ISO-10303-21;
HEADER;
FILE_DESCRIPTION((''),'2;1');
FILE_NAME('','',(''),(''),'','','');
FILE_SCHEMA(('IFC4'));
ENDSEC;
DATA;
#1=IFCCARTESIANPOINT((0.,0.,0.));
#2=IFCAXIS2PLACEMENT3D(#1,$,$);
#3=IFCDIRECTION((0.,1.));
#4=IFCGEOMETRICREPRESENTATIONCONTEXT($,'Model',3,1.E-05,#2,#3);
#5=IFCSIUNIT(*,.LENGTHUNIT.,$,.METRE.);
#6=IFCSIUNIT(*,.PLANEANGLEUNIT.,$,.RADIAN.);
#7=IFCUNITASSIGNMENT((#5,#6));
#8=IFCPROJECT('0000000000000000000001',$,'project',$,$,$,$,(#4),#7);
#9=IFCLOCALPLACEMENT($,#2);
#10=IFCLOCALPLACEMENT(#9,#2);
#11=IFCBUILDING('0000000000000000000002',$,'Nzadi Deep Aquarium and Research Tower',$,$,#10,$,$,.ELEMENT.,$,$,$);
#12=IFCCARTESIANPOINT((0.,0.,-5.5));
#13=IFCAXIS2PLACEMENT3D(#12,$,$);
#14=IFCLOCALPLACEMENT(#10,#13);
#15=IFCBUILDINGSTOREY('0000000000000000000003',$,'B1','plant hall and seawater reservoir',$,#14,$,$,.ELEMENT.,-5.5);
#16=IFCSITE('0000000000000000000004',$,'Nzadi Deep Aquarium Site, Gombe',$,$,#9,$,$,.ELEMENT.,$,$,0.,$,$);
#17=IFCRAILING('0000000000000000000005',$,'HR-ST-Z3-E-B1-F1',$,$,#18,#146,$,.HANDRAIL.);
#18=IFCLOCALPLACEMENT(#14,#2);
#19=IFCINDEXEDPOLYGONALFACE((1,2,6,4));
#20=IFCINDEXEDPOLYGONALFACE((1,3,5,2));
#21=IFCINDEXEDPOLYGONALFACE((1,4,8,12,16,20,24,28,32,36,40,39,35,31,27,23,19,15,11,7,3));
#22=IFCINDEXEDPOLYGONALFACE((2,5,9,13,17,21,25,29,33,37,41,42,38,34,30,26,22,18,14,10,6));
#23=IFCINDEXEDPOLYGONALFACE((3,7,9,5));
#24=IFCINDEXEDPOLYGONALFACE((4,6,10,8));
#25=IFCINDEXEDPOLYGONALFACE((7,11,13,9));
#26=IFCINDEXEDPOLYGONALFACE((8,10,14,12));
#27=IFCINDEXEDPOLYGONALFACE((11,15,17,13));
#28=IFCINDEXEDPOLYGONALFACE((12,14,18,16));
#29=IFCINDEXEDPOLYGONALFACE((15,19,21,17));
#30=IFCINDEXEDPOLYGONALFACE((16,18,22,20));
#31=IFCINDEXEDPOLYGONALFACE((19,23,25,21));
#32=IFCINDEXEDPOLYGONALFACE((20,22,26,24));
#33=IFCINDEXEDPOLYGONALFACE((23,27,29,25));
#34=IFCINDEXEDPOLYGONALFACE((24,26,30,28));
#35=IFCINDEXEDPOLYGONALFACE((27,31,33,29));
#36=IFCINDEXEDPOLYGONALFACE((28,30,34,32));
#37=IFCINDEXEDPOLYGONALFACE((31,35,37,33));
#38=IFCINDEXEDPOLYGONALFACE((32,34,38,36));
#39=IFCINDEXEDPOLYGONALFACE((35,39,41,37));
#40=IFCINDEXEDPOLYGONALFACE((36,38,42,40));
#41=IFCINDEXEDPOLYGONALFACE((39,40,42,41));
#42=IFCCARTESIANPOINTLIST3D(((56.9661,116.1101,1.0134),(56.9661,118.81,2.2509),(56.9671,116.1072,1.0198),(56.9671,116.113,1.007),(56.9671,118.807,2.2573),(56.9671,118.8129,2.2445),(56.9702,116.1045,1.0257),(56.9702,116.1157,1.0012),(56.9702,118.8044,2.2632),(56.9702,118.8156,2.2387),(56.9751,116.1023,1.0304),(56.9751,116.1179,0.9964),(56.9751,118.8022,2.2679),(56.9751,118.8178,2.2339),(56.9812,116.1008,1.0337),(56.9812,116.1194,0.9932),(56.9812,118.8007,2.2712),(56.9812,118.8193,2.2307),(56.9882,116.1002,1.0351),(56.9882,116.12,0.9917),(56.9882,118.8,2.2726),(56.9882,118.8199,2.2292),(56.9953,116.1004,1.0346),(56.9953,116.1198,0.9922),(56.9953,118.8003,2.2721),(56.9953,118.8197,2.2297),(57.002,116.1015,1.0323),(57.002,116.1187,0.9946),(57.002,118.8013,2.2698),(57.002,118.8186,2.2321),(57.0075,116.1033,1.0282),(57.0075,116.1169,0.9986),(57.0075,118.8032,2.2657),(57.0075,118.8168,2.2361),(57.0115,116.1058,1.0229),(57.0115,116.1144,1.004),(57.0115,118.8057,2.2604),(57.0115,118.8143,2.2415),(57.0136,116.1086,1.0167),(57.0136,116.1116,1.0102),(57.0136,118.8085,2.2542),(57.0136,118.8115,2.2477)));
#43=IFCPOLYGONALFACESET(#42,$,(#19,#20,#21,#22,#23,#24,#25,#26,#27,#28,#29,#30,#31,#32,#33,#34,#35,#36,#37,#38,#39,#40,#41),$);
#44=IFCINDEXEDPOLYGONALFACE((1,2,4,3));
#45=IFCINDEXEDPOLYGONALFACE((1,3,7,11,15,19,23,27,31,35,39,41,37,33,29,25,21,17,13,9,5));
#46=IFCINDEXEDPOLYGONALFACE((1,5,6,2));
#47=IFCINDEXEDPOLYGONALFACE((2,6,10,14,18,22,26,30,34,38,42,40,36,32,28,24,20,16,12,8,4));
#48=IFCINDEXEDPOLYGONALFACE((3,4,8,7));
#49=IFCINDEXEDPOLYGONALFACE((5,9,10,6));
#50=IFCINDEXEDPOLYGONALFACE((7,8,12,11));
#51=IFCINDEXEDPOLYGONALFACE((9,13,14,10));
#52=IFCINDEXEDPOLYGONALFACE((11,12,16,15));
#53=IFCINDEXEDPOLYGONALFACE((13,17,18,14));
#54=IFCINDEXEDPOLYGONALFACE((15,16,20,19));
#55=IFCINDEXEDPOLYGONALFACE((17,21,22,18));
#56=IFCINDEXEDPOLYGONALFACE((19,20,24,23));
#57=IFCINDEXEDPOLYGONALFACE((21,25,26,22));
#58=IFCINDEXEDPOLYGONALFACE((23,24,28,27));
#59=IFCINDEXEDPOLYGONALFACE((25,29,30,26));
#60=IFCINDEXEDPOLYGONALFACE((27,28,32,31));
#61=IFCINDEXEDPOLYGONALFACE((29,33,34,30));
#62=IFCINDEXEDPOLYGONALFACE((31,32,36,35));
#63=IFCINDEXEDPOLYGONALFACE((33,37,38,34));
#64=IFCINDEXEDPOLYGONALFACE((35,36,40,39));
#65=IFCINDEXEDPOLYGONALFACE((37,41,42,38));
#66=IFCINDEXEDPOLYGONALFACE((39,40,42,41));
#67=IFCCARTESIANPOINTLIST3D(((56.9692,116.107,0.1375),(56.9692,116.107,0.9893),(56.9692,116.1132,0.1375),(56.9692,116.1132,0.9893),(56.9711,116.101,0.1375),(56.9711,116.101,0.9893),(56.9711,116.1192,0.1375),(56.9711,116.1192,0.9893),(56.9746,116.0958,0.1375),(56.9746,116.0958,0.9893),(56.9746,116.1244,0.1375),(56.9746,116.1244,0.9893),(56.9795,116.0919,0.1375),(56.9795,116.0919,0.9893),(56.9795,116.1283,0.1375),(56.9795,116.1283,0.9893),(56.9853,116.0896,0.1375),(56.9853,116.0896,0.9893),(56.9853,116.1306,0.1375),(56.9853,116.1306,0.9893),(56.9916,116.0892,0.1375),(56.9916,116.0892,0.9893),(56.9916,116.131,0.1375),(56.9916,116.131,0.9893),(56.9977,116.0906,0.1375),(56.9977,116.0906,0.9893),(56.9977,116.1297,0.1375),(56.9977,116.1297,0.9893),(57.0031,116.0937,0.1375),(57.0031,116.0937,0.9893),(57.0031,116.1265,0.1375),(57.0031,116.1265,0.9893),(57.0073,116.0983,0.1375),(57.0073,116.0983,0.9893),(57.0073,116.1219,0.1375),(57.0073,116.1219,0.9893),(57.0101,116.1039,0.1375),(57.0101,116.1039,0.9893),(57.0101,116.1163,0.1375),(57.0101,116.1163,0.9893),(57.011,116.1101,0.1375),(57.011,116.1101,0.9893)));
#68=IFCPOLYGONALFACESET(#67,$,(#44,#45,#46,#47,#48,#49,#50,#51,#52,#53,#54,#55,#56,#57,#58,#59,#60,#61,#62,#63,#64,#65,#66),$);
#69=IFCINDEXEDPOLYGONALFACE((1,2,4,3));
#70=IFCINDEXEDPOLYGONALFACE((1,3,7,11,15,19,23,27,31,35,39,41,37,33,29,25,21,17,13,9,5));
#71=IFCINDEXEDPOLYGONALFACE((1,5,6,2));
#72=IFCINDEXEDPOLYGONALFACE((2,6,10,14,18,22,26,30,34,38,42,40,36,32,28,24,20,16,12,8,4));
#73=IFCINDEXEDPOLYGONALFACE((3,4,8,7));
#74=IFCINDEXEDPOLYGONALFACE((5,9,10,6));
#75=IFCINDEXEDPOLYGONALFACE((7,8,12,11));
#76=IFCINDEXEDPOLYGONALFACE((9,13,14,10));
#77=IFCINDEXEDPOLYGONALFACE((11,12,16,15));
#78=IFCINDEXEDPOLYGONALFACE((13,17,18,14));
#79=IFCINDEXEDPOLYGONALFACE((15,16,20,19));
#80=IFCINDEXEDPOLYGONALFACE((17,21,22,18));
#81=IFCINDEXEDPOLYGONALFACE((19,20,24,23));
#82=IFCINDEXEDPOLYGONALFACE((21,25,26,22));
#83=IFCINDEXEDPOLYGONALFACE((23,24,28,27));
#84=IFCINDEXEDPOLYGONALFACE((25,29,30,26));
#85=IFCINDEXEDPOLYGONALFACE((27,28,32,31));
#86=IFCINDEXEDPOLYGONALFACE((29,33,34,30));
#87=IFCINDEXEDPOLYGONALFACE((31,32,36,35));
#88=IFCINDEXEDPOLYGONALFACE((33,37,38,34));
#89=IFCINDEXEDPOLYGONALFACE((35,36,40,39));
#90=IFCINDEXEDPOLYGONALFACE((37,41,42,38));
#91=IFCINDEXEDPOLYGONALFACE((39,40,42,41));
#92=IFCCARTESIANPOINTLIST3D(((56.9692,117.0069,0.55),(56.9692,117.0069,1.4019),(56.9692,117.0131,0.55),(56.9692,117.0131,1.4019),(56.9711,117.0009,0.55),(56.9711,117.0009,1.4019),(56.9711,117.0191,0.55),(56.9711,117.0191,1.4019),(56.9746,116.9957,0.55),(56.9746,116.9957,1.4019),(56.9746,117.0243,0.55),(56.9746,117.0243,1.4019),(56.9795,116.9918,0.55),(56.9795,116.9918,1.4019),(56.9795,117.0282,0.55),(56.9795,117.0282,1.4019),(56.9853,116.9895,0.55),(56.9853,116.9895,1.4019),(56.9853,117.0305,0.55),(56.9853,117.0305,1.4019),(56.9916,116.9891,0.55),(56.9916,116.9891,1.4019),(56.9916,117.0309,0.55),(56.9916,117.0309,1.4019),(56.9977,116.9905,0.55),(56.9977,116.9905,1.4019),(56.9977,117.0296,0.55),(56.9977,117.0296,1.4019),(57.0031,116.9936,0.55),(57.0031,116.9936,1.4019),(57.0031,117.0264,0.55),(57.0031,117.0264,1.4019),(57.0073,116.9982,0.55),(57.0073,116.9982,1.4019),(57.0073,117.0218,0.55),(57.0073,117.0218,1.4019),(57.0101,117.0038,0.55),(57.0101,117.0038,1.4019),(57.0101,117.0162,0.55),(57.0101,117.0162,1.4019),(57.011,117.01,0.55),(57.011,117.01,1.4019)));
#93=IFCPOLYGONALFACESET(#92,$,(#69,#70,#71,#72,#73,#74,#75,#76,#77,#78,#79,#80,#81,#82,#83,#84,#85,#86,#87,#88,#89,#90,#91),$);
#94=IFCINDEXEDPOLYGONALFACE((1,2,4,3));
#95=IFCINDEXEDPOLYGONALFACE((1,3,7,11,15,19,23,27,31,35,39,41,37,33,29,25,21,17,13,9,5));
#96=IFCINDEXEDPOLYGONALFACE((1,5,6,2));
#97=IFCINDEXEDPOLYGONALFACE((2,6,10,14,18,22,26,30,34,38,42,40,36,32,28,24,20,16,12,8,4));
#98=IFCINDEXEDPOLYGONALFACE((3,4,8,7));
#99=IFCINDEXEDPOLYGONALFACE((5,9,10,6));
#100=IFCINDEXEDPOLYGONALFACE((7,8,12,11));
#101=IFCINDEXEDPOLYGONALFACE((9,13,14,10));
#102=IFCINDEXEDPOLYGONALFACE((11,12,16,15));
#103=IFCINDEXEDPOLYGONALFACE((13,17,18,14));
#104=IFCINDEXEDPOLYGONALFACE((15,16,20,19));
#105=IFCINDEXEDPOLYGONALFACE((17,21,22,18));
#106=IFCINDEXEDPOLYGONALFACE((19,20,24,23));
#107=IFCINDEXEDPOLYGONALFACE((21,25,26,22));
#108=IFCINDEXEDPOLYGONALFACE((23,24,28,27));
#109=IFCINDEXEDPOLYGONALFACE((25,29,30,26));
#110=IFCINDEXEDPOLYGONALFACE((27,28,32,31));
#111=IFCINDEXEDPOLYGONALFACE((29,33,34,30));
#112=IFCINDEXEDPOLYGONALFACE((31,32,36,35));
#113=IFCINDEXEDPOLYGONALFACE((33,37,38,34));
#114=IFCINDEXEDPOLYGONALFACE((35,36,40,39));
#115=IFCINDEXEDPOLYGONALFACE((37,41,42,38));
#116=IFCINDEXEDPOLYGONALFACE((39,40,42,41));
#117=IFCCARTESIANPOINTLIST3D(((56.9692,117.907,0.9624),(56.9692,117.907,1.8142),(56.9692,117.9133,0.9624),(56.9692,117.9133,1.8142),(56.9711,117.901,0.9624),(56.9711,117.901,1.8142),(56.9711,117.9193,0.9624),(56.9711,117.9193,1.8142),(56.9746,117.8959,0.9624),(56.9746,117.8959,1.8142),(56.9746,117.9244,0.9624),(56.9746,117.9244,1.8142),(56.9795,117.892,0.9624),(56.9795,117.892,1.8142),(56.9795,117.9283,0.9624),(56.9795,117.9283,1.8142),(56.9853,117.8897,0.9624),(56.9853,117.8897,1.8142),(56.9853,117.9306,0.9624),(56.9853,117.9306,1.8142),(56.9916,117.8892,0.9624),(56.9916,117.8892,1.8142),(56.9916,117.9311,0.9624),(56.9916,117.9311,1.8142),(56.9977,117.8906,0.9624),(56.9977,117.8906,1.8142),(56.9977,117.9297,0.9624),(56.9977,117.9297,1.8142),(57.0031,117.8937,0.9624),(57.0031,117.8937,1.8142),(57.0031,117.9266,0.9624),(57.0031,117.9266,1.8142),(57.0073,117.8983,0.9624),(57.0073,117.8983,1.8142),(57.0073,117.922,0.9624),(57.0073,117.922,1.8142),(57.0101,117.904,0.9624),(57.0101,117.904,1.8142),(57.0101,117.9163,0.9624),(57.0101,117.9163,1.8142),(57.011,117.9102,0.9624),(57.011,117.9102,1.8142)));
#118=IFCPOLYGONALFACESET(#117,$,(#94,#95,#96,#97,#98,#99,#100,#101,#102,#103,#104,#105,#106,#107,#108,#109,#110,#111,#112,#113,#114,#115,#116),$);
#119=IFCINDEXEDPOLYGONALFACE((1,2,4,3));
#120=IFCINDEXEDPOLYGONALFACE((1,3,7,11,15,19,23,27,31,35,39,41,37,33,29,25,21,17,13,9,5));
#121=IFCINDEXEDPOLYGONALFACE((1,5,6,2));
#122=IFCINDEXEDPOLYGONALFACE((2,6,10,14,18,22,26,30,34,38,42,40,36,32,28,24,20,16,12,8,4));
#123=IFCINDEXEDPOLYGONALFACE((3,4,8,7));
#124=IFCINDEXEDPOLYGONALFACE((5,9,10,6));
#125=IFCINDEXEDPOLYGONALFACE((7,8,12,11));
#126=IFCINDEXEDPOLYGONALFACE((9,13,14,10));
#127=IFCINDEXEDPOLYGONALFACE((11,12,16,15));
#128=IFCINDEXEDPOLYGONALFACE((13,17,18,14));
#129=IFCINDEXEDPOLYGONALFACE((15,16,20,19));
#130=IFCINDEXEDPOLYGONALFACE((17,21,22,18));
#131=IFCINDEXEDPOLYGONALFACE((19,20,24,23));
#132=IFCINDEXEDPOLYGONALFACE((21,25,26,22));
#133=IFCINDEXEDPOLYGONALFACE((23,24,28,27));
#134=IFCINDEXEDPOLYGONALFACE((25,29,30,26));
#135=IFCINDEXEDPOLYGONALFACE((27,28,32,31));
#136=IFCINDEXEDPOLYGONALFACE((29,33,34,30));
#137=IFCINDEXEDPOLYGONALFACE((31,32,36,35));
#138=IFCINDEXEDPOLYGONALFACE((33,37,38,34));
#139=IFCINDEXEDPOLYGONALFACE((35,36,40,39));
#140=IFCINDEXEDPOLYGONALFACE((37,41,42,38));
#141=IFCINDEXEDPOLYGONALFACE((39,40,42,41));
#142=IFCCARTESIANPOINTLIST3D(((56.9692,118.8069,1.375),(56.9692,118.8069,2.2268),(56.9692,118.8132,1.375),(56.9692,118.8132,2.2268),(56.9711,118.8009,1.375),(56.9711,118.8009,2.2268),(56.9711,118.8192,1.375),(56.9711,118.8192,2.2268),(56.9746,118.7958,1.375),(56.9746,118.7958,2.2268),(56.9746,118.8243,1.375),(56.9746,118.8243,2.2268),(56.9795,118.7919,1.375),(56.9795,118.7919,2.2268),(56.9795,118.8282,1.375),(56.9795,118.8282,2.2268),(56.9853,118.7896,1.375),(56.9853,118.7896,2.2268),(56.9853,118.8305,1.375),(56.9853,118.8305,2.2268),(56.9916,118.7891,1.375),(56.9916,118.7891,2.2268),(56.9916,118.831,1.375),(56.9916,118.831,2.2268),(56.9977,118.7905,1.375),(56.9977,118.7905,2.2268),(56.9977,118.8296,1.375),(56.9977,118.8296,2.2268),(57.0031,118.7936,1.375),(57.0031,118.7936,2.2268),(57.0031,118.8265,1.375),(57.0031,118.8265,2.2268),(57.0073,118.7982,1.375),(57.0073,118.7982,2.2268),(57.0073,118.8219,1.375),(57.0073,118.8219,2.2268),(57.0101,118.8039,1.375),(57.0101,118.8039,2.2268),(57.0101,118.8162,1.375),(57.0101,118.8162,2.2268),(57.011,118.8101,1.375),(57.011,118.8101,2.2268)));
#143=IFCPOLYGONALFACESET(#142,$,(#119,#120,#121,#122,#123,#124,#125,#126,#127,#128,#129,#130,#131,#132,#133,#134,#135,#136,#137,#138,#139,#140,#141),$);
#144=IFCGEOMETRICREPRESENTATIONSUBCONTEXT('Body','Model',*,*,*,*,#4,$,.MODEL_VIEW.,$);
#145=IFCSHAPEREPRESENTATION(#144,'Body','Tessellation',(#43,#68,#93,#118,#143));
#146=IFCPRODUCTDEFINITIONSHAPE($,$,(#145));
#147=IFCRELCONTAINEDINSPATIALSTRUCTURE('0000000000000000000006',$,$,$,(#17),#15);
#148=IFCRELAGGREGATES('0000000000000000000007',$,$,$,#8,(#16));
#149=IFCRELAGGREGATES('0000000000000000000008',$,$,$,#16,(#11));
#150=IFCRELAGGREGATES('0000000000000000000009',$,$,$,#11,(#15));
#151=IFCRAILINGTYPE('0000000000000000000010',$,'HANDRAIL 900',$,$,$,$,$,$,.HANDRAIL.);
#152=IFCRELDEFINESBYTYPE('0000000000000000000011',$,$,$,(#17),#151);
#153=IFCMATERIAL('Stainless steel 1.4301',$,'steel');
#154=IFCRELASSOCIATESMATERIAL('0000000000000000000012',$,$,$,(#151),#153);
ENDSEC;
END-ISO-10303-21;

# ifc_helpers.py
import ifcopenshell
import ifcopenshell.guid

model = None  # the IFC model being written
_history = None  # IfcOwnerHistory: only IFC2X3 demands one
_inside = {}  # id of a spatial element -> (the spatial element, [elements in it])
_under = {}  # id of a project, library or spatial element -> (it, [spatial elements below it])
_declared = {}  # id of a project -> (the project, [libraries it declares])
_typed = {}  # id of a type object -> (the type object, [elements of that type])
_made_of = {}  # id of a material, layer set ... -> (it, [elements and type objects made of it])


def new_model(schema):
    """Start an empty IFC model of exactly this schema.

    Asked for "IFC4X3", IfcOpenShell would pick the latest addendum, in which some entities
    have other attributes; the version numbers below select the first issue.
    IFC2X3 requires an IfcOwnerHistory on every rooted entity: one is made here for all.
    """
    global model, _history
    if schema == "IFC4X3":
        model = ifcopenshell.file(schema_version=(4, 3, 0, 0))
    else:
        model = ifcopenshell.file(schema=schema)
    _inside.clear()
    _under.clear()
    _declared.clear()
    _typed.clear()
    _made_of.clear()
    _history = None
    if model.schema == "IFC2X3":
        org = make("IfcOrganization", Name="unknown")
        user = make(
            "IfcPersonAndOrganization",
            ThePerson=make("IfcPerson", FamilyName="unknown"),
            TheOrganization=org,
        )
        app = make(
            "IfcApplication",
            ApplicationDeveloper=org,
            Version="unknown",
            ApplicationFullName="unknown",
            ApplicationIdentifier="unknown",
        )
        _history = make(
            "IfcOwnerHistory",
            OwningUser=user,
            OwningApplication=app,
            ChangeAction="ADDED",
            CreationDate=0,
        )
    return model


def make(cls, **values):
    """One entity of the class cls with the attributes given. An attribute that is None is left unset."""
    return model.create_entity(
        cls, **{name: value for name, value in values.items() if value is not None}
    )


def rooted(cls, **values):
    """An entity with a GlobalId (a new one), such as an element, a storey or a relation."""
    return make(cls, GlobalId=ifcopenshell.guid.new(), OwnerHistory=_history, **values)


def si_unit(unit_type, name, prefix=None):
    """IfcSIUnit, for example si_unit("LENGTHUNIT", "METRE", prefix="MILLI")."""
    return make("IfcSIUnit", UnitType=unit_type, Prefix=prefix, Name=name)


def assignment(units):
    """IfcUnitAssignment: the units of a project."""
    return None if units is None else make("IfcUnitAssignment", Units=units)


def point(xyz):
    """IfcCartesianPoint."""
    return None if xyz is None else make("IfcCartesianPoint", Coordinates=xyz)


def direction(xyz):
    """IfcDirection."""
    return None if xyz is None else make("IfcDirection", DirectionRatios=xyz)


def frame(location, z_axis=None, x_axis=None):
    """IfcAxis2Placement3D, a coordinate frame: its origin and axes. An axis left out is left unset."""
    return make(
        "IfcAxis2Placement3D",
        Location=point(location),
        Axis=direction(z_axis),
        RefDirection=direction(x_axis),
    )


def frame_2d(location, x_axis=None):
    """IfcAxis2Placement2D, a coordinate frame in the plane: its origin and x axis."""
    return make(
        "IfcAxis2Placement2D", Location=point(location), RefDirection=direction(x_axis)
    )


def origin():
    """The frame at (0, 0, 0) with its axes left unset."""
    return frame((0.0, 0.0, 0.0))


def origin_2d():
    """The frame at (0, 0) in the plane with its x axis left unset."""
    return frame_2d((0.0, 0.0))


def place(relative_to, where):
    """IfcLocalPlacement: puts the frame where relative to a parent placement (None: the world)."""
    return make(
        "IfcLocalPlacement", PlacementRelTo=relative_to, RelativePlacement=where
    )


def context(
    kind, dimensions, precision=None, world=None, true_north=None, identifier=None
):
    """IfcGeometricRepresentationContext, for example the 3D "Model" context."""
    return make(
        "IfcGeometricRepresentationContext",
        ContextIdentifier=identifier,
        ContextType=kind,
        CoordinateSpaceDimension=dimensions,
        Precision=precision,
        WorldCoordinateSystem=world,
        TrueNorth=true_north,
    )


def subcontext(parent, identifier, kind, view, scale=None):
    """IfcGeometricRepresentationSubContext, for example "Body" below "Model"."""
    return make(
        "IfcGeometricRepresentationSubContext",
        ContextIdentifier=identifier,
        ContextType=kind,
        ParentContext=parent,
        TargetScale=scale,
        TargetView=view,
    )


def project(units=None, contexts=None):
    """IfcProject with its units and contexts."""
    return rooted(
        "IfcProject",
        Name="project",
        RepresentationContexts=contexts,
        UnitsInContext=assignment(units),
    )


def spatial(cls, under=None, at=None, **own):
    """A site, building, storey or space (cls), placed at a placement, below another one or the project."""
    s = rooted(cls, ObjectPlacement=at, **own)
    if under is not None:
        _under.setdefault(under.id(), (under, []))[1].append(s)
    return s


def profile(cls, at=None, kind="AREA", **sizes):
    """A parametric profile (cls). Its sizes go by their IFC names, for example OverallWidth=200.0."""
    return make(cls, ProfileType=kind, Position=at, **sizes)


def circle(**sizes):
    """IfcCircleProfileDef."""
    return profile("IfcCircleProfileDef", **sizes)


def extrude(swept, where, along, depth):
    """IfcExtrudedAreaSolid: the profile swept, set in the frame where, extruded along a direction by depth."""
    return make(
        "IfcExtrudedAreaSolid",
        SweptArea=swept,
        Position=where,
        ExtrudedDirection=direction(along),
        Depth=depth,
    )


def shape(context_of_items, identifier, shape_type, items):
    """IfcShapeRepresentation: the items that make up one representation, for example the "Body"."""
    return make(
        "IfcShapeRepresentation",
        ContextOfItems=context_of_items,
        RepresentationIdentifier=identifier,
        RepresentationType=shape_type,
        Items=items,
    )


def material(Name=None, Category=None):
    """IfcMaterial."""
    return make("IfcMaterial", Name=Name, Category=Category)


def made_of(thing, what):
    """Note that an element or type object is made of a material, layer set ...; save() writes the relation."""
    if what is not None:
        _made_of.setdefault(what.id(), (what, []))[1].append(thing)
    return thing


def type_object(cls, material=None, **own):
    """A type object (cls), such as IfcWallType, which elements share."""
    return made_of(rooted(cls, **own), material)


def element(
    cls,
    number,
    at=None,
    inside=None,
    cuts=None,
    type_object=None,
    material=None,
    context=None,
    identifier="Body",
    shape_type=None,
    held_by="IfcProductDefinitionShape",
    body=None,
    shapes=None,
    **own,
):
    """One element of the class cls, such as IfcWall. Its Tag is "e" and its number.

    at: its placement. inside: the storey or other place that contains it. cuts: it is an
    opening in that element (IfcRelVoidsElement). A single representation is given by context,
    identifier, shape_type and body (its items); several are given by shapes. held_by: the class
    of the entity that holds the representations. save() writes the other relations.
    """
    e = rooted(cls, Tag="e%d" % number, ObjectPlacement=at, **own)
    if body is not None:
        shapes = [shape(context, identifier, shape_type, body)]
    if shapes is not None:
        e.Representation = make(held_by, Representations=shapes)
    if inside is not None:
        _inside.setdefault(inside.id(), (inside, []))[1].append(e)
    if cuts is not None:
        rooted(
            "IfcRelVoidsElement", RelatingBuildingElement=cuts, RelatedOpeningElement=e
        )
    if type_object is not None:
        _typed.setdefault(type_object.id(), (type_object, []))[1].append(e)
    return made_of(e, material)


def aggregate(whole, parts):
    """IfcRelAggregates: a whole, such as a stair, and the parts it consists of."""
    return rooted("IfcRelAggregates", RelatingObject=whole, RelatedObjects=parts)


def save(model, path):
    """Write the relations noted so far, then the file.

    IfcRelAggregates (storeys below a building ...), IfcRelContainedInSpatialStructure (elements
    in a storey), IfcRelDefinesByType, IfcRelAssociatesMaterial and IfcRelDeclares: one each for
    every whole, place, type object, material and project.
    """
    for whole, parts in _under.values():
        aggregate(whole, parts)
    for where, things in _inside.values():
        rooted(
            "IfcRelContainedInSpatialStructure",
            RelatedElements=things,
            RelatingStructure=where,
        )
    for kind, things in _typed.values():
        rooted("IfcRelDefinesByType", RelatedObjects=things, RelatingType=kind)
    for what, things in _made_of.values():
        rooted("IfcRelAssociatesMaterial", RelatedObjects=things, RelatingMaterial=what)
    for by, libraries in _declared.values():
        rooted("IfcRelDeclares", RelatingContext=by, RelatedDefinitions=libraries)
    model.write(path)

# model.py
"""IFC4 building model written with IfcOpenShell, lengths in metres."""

from ifc_helpers import new_model, si_unit, direction, frame, origin, origin_2d, place, context, subcontext, project, spatial, circle, extrude, material, type_object, element, save


model = new_model("IFC4")

# Units and contexts
model_context = context("Model", 3, precision=1e-05, world=origin(), true_north=direction((0.0, 1.0)))
body_context = subcontext(model_context, "Body", "Model", "MODEL_VIEW")
ifc_project = project(units=[si_unit("LENGTHUNIT", "METRE"), si_unit("PLANEANGLEUNIT", "RADIAN")], contexts=[model_context])

# Site, building, storey
site_placement = place(None, origin())
site = spatial("IfcSite", under=ifc_project, at=site_placement, Name="Nzadi Deep Aquarium Site, Gombe", CompositionType="ELEMENT", RefElevation=0.0)
building_placement = place(site_placement, origin())
building = spatial("IfcBuilding", under=site, at=building_placement, Name="Nzadi Deep Aquarium and Research Tower", CompositionType="ELEMENT")
storey_placement = place(building_placement, frame((0.0, 0.0, -5.5)))
storey = spatial("IfcBuildingStorey", under=building, at=storey_placement, Name="B1", Description="plant hall and seawater reservoir", CompositionType="ELEMENT", Elevation=-5.5)

# Railing
ifc_material_1 = material(Name="Stainless steel 1.4301", Category="steel")
railing_type = type_object("IfcRailingType", Name="HANDRAIL 900", PredefinedType="HANDRAIL", material=ifc_material_1)
for number, where, name in (
    (1, (56.99, 116.1101, 0.1375), "HR-ST-Z3-E-B1-F1"),
):
    element("IfcRailing", number, at=place(storey_placement, frame(where)), inside=storey, type_object=railing_type, Name=name, PredefinedType="HANDRAIL", context=body_context, shape_type="SweptSolid", body=[
        extrude(circle(Radius=0.0239, at=origin_2d()), frame((0.0, 0.0, 0.876), z_axis=(0.0, 0.909056, 0.416675), x_axis=(-1.0, 0.0, 0.0)), (0.0, 0.0, 1.0), 2.97),
        extrude(circle(Radius=0.021, at=origin_2d()), origin(), (0.0, 0.0, 1.0), 0.8518),
        extrude(circle(Radius=0.021, at=origin_2d()), frame((0.0, 0.8999, 0.4126)), (0.0, 0.0, 1.0), 0.8518),
        extrude(circle(Radius=0.021, at=origin_2d()), frame((0.0, 1.8, 0.825)), (0.0, 0.0, 1.0), 0.8518),
        extrude(circle(Radius=0.021, at=origin_2d()), frame((0.0, 2.7, 1.2375)), (0.0, 0.0, 1.0), 0.8518),
    ])

save(model, "model.ifc")
